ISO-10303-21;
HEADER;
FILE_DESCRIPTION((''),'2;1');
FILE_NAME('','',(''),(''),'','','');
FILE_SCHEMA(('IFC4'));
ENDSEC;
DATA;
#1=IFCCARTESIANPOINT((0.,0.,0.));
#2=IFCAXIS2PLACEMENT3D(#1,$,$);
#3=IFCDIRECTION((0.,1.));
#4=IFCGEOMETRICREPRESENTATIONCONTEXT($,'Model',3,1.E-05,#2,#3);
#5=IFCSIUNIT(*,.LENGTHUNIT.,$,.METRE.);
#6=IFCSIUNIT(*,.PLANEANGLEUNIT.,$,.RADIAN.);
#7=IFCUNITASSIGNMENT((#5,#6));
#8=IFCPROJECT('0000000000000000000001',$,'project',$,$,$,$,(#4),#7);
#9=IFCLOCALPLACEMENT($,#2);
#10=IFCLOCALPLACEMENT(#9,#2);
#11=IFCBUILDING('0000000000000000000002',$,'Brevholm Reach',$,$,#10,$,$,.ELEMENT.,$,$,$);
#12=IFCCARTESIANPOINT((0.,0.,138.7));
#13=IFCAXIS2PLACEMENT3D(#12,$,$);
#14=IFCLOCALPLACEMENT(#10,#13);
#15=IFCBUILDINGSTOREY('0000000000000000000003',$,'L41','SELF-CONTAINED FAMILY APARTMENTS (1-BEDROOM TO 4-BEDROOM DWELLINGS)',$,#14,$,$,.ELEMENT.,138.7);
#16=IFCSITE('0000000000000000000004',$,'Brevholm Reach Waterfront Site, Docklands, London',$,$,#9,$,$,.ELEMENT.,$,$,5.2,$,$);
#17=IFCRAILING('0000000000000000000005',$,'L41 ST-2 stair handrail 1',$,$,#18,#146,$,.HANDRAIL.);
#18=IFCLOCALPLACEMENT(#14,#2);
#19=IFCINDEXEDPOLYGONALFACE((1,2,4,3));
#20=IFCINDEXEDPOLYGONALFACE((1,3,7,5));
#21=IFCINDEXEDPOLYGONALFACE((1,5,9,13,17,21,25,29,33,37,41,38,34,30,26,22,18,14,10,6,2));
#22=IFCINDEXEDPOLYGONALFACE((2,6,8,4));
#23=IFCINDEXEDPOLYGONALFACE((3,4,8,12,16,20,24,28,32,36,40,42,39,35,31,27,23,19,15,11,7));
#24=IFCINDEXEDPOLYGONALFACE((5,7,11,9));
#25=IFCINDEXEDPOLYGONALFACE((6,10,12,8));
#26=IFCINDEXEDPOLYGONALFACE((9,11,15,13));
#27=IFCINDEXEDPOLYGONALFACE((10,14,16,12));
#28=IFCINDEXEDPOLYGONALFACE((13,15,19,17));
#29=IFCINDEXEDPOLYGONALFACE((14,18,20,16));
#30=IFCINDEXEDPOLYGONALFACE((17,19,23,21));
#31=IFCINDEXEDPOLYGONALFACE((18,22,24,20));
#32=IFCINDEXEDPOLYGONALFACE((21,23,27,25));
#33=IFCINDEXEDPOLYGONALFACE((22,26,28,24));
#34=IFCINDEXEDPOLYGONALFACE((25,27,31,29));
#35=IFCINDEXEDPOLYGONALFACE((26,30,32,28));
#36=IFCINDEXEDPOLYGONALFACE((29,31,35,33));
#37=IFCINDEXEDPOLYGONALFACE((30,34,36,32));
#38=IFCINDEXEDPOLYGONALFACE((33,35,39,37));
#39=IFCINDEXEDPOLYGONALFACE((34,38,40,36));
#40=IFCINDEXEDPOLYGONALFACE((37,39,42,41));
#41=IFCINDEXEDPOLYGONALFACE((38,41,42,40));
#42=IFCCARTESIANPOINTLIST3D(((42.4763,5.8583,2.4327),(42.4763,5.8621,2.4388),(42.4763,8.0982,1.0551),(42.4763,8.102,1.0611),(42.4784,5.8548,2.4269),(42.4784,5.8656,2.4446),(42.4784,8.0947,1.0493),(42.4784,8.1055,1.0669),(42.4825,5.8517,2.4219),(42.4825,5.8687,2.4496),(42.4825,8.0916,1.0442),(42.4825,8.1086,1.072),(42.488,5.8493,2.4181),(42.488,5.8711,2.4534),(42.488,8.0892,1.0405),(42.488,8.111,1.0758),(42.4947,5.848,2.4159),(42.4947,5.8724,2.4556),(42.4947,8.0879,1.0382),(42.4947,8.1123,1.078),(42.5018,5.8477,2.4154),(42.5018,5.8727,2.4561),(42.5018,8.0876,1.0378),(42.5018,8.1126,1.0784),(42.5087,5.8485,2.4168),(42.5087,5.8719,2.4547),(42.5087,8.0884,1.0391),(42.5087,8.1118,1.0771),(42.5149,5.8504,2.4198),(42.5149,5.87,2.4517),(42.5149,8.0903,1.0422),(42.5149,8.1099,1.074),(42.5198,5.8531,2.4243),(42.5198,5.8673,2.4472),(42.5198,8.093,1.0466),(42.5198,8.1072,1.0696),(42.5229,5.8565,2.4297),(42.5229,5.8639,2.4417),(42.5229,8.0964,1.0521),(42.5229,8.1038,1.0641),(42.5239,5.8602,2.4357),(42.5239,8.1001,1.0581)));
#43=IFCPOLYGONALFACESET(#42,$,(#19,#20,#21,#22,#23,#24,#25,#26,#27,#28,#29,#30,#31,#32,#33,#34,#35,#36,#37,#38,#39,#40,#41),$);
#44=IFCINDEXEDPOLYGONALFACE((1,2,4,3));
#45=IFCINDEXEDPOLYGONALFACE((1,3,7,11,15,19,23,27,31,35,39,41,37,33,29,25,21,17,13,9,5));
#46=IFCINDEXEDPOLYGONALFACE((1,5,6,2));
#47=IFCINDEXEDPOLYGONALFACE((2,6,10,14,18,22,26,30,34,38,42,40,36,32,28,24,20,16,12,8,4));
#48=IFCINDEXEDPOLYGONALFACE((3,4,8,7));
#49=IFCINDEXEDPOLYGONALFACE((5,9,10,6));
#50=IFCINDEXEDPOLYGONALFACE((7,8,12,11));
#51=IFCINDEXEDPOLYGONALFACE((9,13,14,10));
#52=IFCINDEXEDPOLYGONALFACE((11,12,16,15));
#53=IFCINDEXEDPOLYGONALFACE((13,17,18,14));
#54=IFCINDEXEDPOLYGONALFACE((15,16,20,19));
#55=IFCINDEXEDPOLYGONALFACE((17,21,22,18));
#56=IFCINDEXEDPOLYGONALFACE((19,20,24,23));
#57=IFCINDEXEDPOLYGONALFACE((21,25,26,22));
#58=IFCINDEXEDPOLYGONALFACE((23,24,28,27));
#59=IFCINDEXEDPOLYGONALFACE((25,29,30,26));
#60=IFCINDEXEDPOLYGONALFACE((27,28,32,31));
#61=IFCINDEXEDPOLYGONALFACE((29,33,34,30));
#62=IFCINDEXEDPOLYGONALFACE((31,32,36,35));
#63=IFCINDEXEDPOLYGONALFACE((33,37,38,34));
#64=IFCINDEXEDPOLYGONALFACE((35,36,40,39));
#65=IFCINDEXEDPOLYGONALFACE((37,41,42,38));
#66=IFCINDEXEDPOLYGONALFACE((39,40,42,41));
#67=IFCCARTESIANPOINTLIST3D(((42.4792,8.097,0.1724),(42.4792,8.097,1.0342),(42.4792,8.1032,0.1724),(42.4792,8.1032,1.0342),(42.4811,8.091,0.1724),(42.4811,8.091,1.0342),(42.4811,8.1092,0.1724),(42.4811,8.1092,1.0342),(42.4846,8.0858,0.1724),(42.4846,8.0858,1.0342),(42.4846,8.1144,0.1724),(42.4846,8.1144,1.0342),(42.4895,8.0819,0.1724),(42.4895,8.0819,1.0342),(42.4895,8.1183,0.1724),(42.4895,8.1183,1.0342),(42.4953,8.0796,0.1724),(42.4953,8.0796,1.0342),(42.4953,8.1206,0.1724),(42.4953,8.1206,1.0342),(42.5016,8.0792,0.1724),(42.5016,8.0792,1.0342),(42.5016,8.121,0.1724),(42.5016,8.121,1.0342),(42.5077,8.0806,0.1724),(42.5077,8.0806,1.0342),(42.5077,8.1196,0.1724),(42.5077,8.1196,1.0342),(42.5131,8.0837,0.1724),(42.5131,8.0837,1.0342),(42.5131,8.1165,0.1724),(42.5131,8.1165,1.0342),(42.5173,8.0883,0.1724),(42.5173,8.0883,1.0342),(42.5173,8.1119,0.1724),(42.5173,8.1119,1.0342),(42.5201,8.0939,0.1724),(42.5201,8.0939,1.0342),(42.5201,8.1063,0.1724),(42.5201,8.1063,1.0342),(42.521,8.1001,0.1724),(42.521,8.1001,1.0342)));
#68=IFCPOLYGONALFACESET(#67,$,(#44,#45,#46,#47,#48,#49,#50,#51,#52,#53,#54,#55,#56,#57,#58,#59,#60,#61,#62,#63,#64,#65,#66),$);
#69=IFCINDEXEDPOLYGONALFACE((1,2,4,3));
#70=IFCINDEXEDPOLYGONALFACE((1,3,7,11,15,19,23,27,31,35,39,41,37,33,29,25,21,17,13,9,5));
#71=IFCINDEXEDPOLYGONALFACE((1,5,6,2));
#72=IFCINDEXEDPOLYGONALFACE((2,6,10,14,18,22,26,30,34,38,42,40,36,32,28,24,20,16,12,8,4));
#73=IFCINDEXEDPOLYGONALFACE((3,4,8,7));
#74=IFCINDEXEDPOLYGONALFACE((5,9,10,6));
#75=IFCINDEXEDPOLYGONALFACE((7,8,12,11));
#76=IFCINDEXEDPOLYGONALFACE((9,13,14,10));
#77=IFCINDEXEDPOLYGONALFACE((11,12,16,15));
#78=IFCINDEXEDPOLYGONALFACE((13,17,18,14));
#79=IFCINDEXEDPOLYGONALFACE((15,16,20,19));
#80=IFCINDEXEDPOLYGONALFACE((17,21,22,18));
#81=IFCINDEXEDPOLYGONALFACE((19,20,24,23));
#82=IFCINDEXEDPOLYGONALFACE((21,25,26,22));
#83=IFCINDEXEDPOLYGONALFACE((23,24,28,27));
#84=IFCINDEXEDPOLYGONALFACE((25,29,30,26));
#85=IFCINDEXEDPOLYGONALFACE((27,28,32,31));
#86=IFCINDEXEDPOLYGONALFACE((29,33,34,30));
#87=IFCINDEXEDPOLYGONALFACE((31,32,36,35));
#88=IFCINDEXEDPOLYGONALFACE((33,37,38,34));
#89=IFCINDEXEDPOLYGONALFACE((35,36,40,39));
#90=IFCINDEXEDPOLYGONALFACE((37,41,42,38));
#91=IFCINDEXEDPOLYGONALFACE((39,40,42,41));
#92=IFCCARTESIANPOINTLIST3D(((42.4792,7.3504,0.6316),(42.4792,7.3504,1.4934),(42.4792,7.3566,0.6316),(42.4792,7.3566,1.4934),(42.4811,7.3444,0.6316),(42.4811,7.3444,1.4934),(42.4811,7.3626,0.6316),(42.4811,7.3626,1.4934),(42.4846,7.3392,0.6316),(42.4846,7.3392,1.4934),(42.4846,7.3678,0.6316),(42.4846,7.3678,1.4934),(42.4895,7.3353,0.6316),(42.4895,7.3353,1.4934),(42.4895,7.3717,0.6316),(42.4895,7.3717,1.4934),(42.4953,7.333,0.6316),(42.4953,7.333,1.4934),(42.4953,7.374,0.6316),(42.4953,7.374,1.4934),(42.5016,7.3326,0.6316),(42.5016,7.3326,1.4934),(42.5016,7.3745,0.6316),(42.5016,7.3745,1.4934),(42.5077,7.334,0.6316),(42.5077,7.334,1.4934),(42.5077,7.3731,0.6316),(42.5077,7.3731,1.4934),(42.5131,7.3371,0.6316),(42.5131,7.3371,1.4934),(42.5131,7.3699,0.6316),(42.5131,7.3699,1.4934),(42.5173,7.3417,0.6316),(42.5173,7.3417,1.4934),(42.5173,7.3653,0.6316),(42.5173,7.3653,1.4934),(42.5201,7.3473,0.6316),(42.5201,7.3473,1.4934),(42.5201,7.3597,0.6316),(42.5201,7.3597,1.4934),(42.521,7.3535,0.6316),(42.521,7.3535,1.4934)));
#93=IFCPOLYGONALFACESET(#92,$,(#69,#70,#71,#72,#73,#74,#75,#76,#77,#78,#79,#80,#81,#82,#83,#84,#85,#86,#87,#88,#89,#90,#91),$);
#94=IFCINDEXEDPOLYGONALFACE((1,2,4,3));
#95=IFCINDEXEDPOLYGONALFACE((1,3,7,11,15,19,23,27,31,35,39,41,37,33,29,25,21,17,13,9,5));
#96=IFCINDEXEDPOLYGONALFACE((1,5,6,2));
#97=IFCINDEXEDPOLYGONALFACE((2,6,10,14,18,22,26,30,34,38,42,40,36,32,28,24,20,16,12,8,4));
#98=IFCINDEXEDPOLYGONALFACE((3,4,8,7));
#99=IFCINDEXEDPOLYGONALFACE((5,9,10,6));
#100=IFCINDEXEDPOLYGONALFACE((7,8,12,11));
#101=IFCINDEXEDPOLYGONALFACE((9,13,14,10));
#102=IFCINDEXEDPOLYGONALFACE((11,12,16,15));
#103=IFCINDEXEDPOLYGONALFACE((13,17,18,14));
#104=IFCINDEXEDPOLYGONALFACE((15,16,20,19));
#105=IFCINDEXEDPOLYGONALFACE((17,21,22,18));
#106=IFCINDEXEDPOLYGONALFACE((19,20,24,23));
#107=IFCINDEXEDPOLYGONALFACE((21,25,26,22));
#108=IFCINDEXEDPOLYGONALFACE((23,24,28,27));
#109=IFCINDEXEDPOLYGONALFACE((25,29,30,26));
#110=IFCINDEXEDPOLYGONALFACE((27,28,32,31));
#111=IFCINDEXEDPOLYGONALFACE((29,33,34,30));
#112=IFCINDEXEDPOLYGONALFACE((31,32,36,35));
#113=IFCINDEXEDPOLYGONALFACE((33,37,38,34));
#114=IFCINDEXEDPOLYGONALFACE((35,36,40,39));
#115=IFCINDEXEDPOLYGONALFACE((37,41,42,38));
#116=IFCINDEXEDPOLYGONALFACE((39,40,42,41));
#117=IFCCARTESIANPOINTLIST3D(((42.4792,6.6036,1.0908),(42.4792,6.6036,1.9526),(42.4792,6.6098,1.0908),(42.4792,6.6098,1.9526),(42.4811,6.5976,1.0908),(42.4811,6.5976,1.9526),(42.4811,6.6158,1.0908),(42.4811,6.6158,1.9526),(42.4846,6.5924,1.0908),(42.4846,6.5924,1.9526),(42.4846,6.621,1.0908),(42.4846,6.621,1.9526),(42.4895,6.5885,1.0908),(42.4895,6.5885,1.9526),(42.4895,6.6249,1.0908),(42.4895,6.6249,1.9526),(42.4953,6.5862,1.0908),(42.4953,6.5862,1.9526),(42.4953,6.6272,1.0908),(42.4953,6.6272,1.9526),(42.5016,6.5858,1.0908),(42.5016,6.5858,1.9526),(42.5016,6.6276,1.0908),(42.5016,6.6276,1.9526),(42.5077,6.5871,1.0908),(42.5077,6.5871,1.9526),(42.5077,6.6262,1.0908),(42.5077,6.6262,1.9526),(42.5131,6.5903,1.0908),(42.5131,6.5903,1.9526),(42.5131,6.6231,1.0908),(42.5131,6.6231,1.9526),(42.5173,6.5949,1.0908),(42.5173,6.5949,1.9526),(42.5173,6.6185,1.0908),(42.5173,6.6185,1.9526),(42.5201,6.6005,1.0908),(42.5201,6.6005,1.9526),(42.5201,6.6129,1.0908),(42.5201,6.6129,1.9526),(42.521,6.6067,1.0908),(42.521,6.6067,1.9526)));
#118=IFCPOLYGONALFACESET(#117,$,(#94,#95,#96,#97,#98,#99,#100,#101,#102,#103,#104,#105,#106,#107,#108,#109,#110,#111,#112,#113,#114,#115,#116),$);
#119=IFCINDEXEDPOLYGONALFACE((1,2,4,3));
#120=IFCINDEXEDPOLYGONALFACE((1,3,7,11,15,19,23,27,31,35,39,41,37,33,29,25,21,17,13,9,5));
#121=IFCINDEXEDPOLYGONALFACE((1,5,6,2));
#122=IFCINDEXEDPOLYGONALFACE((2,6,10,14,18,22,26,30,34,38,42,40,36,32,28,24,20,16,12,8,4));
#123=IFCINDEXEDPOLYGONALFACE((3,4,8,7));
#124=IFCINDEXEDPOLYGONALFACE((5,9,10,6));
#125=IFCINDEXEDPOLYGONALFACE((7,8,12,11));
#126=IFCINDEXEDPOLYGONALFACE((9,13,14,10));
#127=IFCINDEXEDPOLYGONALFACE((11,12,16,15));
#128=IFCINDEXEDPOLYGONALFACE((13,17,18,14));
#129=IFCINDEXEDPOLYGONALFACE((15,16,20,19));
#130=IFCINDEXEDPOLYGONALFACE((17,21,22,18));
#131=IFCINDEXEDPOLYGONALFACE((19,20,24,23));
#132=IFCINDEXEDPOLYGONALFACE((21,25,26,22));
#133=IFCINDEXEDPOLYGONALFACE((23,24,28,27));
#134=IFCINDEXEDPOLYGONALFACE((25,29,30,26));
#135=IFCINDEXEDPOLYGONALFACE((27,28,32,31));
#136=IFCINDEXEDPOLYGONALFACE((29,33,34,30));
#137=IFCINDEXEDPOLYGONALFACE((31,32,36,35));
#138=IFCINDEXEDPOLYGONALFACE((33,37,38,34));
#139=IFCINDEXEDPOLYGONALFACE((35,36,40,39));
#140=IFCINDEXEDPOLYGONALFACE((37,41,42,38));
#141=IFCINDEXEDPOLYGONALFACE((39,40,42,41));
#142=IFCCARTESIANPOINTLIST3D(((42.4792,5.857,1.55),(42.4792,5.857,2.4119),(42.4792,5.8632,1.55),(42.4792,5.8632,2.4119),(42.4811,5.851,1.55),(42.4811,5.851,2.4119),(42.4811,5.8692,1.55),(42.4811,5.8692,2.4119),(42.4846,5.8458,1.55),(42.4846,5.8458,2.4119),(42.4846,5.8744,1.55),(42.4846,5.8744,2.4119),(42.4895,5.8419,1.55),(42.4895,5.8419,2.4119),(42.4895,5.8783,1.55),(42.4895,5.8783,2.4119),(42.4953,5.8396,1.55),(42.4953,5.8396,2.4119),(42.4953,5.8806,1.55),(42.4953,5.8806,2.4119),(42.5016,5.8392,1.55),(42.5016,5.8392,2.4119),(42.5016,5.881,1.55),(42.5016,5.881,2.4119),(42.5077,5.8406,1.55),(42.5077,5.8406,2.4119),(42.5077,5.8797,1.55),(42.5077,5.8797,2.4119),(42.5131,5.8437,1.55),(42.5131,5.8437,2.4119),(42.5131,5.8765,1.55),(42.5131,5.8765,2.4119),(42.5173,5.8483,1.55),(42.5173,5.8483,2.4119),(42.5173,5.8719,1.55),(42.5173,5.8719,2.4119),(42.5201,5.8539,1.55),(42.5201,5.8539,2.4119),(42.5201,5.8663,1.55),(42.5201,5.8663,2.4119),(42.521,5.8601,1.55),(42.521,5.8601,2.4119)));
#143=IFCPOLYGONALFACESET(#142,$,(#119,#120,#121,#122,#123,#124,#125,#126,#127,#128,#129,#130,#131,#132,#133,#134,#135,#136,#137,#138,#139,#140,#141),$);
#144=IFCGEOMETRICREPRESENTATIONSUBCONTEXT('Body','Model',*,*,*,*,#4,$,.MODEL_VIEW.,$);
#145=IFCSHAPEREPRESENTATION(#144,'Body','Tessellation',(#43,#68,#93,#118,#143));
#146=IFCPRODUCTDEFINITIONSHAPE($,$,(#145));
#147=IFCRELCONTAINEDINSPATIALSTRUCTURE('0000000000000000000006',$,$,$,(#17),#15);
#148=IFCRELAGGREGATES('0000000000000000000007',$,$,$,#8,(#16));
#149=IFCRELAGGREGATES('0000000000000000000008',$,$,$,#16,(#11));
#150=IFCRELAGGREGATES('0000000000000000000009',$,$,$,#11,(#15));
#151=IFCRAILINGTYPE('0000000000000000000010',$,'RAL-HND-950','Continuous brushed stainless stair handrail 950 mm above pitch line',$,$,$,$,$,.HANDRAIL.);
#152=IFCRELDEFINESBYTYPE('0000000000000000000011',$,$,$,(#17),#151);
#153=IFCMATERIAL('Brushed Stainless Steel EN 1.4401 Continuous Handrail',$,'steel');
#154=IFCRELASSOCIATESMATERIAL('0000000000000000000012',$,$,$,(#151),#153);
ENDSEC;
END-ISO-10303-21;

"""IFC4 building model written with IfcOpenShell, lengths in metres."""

from ifc_helpers import new_model, si_unit, direction, frame, origin, origin_2d, place, context, subcontext, project, spatial, circle, extrude, material, type_object, element, save


model = new_model("IFC4")

# Units and contexts
model_context = context("Model", 3, precision=1e-05, world=origin(), true_north=direction((0.0, 1.0)))
body_context = subcontext(model_context, "Body", "Model", "MODEL_VIEW")
ifc_project = project(units=[si_unit("LENGTHUNIT", "METRE"), si_unit("PLANEANGLEUNIT", "RADIAN")], contexts=[model_context])

# Site, building, storey
site_placement = place(None, origin())
site = spatial("IfcSite", under=ifc_project, at=site_placement, Name="Brevholm Reach Waterfront Site, Docklands, London", CompositionType="ELEMENT", RefElevation=5.2)
building_placement = place(site_placement, origin())
building = spatial("IfcBuilding", under=site, at=building_placement, Name="Brevholm Reach", CompositionType="ELEMENT")
storey_placement = place(building_placement, frame((0.0, 0.0, 138.7)))
storey = spatial("IfcBuildingStorey", under=building, at=storey_placement, Name="L41", Description="SELF-CONTAINED FAMILY APARTMENTS (1-BEDROOM TO 4-BEDROOM DWELLINGS)", CompositionType="ELEMENT", Elevation=138.7)

# Railing
ifc_material_1 = material(Name="Brushed Stainless Steel EN 1.4401 Continuous Handrail", Category="steel")
railing_type_1 = type_object("IfcRailingType", Name="RAL-HND-950", Description="Continuous brushed stainless stair handrail 950 mm above pitch line", PredefinedType="HANDRAIL", material=ifc_material_1)
railing_1_placement = place(storey_placement, frame((42.5, 8.1001, 0.1724)))
element("IfcRailing", 1, at=railing_1_placement, inside=storey, type_object=railing_type_1, Name="L41 ST-2 stair handrail 1", PredefinedType="HANDRAIL", context=body_context, shape_type="SweptSolid", body=[
    extrude(circle(Radius=0.0239, at=origin_2d()), frame((0.0, 0.0, 0.8857), z_axis=(0.0, -0.851789, 0.523885), x_axis=(1.0, 0.0, 0.0)), (0.0, 0.0, 1.0), 2.6296),
    extrude(circle(Radius=0.021, at=origin_2d()), origin(), (0.0, 0.0, 1.0), 0.8618),
    extrude(circle(Radius=0.021, at=origin_2d()), frame((0.0, -0.7466, 0.4592)), (0.0, 0.0, 1.0), 0.8618),
    extrude(circle(Radius=0.021, at=origin_2d()), frame((0.0, -1.4934, 0.9185)), (0.0, 0.0, 1.0), 0.8618),
    extrude(circle(Radius=0.021, at=origin_2d()), frame((0.0, -2.24, 1.3777)), (0.0, 0.0, 1.0), 0.8618),
])

save(model, "model.ifc")
